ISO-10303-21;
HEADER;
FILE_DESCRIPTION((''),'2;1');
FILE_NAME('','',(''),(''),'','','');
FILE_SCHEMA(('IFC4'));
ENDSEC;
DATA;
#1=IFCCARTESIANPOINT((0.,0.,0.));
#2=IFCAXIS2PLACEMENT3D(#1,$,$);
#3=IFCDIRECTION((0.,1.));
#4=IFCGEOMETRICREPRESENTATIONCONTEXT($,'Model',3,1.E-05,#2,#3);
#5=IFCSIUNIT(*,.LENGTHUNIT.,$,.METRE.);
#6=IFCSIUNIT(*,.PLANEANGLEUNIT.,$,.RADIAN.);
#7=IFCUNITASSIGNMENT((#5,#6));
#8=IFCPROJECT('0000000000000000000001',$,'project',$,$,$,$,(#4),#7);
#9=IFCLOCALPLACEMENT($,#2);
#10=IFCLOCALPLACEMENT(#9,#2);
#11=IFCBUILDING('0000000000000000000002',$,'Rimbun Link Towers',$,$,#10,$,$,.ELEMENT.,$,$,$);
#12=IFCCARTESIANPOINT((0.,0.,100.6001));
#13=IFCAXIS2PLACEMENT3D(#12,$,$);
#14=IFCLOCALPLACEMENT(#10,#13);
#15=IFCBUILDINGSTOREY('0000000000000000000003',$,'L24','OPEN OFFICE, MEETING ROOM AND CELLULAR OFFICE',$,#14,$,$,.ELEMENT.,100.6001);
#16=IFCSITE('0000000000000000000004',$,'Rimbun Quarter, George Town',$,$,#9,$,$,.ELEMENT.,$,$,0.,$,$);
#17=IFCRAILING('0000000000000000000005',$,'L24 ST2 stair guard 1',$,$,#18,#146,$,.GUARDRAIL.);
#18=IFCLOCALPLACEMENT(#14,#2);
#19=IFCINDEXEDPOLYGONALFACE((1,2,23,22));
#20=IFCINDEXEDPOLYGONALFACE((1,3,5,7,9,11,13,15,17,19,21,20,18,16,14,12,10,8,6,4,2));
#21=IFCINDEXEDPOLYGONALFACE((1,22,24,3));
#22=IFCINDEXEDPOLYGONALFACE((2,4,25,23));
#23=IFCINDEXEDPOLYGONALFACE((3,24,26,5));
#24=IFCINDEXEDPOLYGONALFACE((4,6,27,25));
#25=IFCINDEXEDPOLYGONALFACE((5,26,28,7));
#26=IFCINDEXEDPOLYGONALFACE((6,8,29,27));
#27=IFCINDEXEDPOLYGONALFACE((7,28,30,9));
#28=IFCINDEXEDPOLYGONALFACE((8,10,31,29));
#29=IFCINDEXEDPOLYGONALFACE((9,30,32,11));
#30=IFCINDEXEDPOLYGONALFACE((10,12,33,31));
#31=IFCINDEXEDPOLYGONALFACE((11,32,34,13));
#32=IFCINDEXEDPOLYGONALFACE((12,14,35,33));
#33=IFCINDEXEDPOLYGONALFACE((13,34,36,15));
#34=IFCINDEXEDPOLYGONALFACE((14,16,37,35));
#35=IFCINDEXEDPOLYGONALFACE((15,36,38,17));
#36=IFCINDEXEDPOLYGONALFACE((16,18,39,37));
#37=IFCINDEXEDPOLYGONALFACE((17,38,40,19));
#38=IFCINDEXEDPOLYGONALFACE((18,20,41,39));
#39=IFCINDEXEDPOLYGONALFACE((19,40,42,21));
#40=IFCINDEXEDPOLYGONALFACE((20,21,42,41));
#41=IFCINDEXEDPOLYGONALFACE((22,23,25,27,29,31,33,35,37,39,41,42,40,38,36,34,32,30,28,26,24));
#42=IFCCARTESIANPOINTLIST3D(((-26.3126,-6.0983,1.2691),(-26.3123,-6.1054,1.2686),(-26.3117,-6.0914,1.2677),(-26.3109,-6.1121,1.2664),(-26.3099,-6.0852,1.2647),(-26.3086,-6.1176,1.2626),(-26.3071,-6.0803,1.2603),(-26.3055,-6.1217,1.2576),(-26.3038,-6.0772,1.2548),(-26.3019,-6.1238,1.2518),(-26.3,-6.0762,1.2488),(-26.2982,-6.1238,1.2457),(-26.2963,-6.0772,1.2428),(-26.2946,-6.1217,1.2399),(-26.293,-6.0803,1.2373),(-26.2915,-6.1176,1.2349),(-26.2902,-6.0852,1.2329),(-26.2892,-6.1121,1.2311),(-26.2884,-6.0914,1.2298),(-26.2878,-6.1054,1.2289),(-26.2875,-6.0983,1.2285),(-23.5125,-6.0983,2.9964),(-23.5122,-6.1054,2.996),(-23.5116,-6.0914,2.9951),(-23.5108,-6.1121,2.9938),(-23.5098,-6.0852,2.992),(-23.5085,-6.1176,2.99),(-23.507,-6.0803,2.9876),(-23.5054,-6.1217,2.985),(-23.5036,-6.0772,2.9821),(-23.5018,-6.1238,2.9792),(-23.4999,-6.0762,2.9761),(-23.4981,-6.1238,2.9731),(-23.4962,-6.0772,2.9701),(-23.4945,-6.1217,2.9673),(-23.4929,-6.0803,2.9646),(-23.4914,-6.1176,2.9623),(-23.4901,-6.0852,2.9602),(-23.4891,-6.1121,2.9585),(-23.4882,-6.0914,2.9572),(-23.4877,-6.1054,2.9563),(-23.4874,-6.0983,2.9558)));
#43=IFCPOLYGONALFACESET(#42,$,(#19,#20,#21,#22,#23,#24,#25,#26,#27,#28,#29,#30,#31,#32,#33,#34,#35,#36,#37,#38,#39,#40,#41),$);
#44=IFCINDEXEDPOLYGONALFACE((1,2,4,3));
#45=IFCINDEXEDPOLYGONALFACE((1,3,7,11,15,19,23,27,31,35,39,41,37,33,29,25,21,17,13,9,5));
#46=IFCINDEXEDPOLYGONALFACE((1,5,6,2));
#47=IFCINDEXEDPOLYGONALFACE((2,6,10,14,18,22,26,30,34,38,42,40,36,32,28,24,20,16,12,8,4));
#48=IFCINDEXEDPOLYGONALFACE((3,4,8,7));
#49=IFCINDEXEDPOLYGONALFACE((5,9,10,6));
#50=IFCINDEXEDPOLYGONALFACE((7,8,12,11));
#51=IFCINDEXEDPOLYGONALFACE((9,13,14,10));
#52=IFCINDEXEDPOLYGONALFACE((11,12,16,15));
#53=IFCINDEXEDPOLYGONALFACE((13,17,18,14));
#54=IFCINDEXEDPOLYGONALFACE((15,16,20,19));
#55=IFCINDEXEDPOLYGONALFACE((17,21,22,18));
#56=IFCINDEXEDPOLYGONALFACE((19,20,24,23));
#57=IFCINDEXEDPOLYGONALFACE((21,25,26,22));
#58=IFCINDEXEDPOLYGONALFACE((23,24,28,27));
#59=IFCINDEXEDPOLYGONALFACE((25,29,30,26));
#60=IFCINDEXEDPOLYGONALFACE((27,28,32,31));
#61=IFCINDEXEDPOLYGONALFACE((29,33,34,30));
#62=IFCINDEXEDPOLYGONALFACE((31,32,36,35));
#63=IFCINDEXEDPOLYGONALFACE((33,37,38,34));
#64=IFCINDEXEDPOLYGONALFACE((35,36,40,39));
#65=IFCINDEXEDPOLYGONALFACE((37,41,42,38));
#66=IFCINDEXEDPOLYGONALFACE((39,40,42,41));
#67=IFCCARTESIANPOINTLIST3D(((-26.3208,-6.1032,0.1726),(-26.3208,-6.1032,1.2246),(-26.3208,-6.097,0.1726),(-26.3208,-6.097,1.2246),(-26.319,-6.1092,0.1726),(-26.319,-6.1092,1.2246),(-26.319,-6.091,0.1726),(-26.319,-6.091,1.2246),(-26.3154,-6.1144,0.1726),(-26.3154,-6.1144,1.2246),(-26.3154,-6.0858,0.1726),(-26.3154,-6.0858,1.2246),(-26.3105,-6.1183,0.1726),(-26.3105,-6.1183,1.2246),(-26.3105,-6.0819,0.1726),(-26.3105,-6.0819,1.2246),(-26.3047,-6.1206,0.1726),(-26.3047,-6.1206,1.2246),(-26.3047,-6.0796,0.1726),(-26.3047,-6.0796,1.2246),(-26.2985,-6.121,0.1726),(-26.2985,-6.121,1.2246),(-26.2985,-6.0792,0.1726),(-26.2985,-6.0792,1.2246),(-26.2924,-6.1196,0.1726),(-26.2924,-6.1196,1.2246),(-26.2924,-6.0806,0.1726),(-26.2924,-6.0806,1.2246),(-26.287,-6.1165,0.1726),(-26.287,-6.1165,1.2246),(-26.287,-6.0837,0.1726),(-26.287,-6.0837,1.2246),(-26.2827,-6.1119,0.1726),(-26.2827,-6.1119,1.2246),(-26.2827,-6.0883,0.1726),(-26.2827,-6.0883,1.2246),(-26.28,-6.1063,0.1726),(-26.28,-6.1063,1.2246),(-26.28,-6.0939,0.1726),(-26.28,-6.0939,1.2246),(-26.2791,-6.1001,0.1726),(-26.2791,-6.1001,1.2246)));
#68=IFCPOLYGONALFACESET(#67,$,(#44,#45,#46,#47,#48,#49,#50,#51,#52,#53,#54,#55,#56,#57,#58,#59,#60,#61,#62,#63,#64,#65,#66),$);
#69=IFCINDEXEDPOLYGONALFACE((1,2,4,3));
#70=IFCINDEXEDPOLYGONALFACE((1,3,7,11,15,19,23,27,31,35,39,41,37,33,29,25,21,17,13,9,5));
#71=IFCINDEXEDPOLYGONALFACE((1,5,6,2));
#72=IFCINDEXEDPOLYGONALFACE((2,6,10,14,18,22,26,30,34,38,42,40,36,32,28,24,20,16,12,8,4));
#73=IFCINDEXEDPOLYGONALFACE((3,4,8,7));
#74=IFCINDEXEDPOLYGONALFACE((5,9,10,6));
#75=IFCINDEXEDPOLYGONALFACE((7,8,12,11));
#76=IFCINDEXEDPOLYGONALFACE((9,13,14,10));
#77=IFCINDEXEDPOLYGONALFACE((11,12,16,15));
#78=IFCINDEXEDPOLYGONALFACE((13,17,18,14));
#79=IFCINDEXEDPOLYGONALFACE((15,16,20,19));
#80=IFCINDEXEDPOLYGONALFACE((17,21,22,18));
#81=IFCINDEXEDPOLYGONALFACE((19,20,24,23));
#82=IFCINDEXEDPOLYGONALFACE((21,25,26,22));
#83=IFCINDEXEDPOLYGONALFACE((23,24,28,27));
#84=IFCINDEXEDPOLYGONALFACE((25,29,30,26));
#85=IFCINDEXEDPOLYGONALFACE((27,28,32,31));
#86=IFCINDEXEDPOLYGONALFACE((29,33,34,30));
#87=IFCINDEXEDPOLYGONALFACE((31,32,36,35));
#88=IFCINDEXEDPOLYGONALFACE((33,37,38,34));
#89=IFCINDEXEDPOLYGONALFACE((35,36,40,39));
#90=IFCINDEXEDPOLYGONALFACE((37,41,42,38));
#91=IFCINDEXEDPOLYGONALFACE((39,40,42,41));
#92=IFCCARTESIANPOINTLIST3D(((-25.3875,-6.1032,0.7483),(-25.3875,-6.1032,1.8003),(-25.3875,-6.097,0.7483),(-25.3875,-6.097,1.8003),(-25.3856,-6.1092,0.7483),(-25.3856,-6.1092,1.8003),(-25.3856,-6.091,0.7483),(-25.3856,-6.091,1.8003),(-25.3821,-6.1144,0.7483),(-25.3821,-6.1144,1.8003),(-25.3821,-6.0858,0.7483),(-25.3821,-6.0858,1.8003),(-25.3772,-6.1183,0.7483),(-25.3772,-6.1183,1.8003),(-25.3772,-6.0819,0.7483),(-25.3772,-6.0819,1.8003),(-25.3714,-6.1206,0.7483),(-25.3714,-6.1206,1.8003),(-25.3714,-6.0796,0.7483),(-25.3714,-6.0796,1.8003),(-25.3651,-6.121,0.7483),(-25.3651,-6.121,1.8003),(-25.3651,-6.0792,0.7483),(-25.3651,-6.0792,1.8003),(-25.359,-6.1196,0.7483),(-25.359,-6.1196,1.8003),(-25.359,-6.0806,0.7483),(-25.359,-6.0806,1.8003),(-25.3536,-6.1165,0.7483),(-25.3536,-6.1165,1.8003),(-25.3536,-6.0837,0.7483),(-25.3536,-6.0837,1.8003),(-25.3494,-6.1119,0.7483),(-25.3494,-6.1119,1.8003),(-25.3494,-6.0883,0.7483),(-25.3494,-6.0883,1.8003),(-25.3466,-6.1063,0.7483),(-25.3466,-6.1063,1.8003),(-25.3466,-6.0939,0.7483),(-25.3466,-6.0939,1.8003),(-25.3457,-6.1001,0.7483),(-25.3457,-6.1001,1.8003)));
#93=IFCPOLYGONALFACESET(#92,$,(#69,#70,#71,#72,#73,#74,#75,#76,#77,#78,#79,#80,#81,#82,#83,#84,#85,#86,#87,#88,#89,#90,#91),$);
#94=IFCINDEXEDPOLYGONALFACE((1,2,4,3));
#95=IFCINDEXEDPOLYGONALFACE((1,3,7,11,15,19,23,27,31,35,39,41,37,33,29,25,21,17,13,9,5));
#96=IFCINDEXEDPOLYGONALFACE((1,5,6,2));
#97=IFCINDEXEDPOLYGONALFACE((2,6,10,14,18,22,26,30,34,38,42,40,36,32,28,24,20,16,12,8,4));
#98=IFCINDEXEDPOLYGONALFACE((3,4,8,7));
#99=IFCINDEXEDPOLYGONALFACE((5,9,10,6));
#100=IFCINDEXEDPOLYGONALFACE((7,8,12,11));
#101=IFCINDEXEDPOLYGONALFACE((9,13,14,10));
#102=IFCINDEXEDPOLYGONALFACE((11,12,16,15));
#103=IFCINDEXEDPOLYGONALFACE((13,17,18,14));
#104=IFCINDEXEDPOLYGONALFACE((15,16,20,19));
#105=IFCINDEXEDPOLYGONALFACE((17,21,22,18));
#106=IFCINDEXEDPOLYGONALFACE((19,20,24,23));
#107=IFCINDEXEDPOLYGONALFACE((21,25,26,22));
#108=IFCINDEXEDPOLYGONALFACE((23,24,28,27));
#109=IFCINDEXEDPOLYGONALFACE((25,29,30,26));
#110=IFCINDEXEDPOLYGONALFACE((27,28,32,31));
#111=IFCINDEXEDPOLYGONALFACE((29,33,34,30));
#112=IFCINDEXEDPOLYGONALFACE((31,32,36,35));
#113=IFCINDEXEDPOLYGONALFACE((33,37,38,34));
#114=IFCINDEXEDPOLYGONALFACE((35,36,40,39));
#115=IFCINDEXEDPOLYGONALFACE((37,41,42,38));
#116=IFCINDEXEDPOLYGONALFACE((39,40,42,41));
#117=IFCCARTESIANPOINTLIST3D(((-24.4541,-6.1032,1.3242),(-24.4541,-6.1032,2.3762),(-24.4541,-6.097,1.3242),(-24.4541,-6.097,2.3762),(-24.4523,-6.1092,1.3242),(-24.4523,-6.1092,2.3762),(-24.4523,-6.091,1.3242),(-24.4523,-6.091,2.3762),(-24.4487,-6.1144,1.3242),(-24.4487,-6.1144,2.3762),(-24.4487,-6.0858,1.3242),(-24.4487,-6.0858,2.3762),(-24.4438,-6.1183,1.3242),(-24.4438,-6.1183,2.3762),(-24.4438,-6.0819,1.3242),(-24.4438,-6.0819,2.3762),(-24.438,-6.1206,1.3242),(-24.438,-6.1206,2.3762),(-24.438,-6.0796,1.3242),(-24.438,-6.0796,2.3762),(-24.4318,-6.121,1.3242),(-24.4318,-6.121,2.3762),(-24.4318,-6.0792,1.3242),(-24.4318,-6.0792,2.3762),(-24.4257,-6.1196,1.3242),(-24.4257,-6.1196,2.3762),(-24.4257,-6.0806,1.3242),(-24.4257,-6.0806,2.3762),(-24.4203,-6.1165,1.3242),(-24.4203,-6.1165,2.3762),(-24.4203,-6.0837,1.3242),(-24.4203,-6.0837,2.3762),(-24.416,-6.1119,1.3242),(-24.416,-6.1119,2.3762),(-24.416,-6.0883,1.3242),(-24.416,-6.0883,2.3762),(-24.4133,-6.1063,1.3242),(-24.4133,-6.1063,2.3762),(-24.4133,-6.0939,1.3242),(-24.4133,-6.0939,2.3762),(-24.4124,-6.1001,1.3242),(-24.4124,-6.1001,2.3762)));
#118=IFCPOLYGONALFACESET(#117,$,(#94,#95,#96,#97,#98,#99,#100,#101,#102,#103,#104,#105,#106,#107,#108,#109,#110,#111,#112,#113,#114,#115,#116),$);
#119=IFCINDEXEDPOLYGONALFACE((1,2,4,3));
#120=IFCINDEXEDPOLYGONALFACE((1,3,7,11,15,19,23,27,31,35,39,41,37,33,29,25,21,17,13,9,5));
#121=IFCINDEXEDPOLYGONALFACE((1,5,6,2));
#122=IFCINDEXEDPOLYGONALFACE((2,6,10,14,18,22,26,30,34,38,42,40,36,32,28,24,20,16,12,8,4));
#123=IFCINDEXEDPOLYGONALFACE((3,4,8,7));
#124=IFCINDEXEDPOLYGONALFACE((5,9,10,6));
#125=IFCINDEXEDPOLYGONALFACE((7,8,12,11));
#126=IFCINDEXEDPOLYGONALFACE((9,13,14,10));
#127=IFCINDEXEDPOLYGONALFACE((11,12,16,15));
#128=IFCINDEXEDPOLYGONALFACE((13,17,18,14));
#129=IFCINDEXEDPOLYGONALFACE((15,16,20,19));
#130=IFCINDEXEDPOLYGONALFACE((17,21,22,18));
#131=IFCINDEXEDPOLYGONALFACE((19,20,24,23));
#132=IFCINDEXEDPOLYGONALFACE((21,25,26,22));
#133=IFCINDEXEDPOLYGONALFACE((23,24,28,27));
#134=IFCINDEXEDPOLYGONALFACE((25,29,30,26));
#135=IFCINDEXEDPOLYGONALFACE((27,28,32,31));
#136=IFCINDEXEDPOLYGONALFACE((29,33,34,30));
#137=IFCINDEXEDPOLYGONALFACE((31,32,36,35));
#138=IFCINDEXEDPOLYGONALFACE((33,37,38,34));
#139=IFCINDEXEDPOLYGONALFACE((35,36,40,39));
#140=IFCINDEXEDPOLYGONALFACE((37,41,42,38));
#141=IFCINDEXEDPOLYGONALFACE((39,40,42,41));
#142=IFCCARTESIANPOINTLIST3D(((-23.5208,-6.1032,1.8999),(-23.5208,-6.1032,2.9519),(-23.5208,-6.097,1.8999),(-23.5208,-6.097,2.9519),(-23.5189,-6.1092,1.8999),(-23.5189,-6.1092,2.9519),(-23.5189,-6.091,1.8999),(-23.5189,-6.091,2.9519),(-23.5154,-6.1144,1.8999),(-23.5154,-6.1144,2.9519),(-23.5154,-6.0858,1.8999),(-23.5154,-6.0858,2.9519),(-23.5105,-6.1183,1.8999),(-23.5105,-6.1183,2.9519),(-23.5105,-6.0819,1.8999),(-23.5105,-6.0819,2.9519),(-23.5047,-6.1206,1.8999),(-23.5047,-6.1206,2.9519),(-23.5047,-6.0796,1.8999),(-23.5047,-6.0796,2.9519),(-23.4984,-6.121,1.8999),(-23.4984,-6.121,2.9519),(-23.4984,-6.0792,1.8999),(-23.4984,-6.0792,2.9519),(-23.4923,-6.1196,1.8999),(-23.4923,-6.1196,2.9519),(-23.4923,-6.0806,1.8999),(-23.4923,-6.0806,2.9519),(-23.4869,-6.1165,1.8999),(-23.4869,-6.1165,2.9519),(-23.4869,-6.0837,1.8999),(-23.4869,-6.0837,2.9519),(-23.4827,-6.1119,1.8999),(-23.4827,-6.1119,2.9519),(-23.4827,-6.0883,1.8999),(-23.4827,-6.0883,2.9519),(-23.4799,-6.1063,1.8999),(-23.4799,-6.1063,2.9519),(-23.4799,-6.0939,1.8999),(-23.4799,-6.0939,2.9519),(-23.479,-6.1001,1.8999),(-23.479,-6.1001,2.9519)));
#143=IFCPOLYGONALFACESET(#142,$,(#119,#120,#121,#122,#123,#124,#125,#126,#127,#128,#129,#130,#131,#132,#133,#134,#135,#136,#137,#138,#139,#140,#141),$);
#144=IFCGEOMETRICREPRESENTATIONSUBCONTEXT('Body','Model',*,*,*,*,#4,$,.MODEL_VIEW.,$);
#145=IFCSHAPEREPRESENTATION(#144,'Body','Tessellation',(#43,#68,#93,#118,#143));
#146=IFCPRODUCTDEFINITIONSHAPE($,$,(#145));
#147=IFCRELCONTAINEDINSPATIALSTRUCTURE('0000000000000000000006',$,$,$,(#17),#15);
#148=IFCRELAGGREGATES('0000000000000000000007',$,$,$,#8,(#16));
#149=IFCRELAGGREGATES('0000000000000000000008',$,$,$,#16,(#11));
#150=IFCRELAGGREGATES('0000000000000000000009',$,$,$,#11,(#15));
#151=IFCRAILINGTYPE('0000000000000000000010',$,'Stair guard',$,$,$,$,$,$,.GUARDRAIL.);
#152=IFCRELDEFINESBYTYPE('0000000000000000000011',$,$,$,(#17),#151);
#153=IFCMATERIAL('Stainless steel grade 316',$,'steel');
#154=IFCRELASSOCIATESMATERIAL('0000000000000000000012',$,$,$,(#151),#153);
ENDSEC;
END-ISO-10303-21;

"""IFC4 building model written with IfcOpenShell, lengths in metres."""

from ifc_helpers import new_model, si_unit, direction, frame, origin, origin_2d, place, context, subcontext, project, spatial, circle, extrude, material, type_object, element, save


model = new_model("IFC4")

# Units and contexts
model_context = context("Model", 3, precision=1e-05, world=origin(), true_north=direction((0.0, 1.0)))
body_context = subcontext(model_context, "Body", "Model", "MODEL_VIEW")
ifc_project = project(units=[si_unit("LENGTHUNIT", "METRE"), si_unit("PLANEANGLEUNIT", "RADIAN")], contexts=[model_context])

# Site, building, storey
site_placement = place(None, origin())
site = spatial("IfcSite", under=ifc_project, at=site_placement, Name="Rimbun Quarter, George Town", CompositionType="ELEMENT", RefElevation=0.0)
building_placement = place(site_placement, origin())
building = spatial("IfcBuilding", under=site, at=building_placement, Name="Rimbun Link Towers", CompositionType="ELEMENT")
storey_placement = place(building_placement, frame((0.0, 0.0, 100.6001)))
storey = spatial("IfcBuildingStorey", under=building, at=storey_placement, Name="L24", Description="OPEN OFFICE, MEETING ROOM AND CELLULAR OFFICE", CompositionType="ELEMENT", Elevation=100.6001)

# Railing
ifc_material_1 = material(Name="Stainless steel grade 316", Category="steel")
railing_type_1 = type_object("IfcRailingType", Name="Stair guard", PredefinedType="GUARDRAIL", material=ifc_material_1)
railing_1_placement = place(storey_placement, frame((-26.3, -6.1001, 0.1726)))
element("IfcRailing", 1, at=railing_1_placement, inside=storey, type_object=railing_type_1, Name="L24 ST2 stair guard 1", PredefinedType="GUARDRAIL", context=body_context, shape_type="SweptSolid", body=[
    extrude(circle(Radius=0.0239, at=origin_2d()), frame((0.0, 0.0, 1.0762), z_axis=(0.85109, 0.0, 0.52502), x_axis=(0.0, 1.0, 0.0)), (0.0, 0.0, 1.0), 3.29),
    extrude(circle(Radius=0.021, at=origin_2d()), origin(), (0.0, 0.0, 1.0), 1.052),
    extrude(circle(Radius=0.021, at=origin_2d()), frame((0.9333, 0.0, 0.5757)), (0.0, 0.0, 1.0), 1.052),
    extrude(circle(Radius=0.021, at=origin_2d()), frame((1.8667, 0.0, 1.1516)), (0.0, 0.0, 1.0), 1.052),
    extrude(circle(Radius=0.021, at=origin_2d()), frame((2.8, 0.0, 1.7273)), (0.0, 0.0, 1.0), 1.052),
])

save(model, "model.ifc")
